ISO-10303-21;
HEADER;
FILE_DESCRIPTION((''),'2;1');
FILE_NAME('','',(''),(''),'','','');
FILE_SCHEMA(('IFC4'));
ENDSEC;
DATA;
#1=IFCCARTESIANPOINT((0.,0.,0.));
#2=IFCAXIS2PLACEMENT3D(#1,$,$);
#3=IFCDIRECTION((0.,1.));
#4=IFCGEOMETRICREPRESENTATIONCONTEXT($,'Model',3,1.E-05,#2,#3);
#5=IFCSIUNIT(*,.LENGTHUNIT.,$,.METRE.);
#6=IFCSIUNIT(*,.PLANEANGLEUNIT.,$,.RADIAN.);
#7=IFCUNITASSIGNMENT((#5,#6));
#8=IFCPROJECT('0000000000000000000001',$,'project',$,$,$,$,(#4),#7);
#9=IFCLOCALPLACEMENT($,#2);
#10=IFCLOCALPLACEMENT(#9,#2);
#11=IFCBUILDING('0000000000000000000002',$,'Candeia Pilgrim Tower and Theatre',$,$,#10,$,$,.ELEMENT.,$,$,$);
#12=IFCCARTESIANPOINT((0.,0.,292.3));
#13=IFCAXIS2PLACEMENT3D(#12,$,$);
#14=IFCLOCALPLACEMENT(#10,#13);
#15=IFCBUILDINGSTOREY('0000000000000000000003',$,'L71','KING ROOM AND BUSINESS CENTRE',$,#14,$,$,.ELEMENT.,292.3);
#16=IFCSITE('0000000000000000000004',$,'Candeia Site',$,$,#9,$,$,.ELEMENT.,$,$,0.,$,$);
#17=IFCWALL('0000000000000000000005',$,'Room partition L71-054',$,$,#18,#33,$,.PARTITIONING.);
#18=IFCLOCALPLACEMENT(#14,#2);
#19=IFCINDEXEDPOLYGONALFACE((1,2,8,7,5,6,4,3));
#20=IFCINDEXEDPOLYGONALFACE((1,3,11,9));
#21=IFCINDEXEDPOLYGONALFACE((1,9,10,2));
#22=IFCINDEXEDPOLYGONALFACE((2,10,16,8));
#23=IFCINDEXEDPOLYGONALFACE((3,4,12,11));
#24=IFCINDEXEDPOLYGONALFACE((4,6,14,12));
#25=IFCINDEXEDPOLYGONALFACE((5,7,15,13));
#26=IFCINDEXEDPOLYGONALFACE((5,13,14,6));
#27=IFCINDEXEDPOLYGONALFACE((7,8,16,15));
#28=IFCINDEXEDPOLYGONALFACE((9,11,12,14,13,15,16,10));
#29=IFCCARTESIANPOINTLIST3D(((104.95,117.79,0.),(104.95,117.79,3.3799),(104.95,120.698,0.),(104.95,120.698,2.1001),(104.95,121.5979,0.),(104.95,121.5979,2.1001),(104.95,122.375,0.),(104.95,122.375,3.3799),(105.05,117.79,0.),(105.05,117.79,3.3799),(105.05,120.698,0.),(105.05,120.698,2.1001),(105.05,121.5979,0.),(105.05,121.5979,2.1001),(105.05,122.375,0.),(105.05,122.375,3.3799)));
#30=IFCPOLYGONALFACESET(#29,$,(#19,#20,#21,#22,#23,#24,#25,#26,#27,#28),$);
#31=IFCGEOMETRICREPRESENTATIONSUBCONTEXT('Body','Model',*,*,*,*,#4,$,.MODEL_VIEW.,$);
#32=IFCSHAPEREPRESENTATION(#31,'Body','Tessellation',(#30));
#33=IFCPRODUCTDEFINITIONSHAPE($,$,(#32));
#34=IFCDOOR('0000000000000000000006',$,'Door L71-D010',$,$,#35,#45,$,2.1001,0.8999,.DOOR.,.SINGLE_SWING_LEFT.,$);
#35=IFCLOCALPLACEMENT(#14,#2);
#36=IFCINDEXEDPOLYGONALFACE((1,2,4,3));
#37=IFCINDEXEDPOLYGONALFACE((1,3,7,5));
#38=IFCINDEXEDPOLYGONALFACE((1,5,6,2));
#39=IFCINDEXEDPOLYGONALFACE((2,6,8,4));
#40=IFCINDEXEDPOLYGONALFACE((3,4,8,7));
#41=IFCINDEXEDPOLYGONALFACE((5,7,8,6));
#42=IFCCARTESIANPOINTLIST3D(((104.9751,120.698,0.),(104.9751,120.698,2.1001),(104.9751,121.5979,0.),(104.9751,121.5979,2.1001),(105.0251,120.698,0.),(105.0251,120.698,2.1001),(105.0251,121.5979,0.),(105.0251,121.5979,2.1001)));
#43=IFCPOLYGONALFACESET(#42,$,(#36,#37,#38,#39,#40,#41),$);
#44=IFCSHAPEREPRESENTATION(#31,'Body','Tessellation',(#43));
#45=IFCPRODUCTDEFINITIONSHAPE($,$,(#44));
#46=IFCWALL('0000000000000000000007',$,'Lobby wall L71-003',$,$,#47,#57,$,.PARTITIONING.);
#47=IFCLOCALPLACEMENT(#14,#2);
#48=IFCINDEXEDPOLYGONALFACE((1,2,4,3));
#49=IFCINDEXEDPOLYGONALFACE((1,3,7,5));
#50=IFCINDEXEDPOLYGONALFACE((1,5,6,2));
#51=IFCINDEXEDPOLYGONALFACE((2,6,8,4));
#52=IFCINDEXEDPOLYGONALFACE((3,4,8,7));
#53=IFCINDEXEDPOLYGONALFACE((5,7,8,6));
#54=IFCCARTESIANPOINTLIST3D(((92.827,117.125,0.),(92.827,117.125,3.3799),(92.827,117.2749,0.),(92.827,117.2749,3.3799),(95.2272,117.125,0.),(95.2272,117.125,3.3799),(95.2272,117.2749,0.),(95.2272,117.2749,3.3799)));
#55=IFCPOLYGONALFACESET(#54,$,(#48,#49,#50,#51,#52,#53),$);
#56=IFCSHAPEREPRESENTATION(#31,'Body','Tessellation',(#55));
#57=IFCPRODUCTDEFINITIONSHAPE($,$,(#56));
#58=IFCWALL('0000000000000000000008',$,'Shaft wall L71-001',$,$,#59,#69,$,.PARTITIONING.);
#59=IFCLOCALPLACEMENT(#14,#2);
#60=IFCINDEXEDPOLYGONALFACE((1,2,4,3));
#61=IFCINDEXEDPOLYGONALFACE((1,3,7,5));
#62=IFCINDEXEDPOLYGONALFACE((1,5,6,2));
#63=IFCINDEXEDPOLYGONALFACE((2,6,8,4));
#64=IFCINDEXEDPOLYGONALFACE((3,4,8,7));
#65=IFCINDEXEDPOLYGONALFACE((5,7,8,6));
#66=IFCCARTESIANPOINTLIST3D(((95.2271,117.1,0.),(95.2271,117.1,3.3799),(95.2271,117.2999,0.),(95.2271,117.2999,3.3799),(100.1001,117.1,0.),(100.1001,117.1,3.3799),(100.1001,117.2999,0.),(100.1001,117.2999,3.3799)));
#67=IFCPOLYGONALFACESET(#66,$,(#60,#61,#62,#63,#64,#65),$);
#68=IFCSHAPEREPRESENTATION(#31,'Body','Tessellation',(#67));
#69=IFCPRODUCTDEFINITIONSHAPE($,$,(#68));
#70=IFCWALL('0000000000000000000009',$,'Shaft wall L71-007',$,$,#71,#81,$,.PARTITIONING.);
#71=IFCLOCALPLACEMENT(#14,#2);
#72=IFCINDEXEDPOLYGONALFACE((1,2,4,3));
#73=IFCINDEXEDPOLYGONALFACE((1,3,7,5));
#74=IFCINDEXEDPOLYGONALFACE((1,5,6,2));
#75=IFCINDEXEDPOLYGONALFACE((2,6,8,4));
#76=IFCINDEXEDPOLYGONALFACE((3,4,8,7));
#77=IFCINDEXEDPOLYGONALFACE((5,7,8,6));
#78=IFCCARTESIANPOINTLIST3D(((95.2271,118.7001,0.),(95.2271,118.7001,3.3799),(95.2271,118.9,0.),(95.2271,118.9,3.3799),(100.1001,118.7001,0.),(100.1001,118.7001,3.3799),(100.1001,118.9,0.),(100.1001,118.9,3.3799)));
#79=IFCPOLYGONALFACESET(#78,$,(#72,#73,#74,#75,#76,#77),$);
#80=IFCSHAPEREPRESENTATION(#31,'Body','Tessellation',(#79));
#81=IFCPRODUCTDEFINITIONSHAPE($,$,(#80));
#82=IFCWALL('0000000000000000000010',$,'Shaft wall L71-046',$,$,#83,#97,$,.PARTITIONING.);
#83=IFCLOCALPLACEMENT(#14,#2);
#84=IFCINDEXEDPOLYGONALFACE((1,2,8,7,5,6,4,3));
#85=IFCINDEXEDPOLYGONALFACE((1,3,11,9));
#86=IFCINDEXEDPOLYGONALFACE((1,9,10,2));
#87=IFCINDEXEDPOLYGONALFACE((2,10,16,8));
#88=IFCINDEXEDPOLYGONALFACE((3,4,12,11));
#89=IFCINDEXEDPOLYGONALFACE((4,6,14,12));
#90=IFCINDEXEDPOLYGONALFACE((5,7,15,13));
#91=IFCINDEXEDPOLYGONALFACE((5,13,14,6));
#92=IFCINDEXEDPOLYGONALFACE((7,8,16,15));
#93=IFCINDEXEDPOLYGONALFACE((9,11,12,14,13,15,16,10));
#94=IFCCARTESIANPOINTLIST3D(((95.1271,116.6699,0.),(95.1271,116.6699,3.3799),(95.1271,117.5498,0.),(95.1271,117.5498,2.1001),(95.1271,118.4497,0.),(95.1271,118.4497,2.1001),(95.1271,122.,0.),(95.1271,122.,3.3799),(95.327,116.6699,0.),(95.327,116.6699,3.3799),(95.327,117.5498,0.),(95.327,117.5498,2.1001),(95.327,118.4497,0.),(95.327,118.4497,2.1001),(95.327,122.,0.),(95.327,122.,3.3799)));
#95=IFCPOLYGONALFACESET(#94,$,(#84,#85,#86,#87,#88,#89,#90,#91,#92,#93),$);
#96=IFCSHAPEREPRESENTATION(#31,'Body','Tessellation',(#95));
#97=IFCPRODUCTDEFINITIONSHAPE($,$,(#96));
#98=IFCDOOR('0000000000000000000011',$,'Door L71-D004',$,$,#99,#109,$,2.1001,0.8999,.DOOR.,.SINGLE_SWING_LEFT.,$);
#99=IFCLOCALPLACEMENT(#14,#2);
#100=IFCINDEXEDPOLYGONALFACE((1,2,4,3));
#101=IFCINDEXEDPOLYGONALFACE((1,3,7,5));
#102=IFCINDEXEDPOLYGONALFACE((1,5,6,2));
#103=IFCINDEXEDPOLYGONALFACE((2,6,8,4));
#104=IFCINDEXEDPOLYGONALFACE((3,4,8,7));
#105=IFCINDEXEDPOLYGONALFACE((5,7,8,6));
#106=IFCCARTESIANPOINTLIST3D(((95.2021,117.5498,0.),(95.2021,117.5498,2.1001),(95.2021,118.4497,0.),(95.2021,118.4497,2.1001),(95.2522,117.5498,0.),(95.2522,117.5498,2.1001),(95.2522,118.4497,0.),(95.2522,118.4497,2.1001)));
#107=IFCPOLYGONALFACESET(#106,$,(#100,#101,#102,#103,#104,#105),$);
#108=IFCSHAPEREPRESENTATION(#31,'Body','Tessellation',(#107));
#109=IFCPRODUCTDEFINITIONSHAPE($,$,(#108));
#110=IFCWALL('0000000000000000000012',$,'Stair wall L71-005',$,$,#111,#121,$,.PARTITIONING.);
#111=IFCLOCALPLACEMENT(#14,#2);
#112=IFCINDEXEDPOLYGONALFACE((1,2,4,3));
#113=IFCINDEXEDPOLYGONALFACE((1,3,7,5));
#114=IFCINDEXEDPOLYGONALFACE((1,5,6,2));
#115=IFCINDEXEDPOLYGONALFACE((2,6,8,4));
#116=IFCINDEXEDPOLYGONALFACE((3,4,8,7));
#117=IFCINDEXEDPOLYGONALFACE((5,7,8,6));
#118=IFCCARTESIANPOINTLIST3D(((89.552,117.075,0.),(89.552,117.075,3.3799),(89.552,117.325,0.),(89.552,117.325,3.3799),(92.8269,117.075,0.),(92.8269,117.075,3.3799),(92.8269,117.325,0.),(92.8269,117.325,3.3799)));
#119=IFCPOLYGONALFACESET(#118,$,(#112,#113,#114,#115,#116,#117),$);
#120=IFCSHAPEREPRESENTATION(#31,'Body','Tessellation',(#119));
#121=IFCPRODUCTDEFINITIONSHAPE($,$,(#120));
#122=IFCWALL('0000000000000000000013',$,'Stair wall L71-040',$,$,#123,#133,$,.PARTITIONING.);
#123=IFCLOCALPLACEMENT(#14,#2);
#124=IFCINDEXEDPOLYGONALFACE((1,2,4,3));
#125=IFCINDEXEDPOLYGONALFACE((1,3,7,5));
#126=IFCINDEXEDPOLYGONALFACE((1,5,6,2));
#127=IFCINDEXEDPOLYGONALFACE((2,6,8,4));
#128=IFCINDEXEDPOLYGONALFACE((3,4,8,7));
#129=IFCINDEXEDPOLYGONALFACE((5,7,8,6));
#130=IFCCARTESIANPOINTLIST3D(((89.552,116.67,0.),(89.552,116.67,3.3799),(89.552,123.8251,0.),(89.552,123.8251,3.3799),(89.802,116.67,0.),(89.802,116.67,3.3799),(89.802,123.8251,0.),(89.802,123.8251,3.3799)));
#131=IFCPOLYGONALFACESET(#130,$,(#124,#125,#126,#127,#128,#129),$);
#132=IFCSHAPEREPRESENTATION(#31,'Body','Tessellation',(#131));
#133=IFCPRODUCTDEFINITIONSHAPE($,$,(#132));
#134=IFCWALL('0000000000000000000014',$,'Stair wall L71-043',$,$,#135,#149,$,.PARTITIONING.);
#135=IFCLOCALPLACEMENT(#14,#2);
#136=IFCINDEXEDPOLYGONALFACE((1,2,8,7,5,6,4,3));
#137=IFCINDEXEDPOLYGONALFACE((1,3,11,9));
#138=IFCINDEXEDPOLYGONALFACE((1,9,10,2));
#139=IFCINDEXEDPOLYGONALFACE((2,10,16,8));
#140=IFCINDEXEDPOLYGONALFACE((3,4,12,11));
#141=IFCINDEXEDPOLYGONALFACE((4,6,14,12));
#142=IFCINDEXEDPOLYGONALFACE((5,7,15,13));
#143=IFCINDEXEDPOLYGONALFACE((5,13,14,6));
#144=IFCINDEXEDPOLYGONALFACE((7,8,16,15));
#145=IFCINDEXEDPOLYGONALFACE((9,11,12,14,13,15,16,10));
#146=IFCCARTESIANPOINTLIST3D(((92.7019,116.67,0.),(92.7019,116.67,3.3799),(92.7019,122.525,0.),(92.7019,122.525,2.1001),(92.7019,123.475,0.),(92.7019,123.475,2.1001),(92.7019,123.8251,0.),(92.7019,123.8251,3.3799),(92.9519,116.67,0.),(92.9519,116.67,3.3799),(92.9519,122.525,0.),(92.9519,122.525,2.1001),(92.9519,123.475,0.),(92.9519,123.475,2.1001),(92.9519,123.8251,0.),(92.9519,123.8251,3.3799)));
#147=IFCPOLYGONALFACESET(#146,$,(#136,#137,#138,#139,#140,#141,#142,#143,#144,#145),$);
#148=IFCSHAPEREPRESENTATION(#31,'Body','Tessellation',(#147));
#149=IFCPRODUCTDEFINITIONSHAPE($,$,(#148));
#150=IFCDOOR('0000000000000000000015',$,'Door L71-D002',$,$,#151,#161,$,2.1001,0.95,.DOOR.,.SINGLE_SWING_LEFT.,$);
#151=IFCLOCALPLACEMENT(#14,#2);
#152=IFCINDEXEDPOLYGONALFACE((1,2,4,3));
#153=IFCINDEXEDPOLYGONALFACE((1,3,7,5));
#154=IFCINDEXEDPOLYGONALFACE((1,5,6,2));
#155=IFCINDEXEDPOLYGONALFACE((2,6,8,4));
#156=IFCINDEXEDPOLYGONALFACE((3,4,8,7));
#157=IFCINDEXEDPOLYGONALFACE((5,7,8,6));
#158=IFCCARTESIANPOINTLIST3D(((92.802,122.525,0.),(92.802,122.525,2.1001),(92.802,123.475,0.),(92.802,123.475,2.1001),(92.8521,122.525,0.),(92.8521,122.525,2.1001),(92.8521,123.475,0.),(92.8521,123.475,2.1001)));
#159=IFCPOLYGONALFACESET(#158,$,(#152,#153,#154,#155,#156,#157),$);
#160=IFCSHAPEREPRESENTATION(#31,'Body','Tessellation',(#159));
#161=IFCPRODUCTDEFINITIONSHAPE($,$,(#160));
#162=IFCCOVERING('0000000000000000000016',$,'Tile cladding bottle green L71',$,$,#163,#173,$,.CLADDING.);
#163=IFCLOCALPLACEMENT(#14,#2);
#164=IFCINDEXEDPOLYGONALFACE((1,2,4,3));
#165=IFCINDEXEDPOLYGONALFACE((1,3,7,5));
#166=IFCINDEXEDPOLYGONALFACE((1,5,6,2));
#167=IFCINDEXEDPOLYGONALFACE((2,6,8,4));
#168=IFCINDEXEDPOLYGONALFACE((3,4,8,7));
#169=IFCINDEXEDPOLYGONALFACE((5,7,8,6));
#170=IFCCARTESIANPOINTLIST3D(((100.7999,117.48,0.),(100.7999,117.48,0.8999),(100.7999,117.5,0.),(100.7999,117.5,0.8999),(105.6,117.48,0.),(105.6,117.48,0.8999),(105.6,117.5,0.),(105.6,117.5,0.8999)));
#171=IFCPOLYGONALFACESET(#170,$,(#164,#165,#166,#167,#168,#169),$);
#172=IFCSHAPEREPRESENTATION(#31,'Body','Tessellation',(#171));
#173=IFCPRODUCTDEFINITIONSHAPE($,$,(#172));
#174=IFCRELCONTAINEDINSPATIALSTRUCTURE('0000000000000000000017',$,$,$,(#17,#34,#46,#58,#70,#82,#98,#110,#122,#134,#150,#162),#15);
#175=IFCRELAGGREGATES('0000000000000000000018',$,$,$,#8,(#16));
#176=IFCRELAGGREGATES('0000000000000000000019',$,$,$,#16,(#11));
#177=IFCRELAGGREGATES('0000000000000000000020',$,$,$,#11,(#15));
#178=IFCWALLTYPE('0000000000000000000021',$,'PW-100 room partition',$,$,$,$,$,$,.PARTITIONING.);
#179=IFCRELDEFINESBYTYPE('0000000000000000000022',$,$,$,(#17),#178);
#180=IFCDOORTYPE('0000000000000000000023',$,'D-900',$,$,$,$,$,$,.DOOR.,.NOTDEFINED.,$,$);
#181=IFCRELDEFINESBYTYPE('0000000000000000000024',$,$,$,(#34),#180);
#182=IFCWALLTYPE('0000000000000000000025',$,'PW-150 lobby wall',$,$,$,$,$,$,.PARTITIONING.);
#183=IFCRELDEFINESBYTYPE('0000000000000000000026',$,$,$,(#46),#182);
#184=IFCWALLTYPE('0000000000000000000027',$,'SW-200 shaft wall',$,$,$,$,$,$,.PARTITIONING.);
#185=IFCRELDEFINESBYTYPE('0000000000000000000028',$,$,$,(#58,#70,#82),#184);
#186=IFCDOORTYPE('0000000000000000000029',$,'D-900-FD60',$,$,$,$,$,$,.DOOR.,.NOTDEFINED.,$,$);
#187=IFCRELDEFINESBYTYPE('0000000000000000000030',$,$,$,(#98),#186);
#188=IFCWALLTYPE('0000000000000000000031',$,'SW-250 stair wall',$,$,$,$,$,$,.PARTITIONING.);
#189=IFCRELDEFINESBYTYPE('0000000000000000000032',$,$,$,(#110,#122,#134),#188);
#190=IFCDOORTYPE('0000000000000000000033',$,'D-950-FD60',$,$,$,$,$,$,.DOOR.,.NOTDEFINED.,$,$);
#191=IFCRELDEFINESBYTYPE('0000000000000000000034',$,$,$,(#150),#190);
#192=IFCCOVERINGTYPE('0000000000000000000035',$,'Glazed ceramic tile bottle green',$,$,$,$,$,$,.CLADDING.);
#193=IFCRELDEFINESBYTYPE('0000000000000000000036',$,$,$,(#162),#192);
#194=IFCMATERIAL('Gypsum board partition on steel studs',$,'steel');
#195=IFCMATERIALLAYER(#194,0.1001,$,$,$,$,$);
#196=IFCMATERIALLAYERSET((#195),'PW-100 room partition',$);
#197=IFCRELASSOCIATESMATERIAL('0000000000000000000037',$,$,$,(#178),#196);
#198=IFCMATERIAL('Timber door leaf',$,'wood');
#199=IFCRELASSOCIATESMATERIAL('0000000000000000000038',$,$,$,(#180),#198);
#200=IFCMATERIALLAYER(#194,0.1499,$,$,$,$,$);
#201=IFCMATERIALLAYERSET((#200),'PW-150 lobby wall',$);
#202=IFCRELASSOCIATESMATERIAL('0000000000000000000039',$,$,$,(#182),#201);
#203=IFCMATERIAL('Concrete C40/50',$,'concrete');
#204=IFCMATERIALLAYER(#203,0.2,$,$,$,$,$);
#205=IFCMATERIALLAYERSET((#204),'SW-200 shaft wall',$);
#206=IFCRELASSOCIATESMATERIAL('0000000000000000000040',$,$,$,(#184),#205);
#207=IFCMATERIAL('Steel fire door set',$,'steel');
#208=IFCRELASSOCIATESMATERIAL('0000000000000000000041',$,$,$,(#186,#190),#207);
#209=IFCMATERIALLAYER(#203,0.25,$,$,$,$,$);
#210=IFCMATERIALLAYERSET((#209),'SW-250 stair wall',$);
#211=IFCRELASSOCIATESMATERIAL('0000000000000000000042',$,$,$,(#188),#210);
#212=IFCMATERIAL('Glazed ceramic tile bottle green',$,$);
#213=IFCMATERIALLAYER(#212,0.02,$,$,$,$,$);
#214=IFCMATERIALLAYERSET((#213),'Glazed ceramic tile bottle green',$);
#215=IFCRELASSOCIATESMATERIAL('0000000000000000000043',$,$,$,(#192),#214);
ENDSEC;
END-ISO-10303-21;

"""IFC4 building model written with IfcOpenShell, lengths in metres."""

from ifc_helpers import new_model, si_unit, direction, frame, frame_2d, origin, origin_2d, place, context, subcontext, project, spatial, rectangle, extrude, material, layer, layer_set, type_object, element, fill, save


model = new_model("IFC4")

# Units and contexts
model_context = context("Model", 3, precision=1e-05, world=origin(), true_north=direction((0.0, 1.0)))
body_context = subcontext(model_context, "Body", "Model", "MODEL_VIEW")
ifc_project = project(units=[si_unit("LENGTHUNIT", "METRE"), si_unit("PLANEANGLEUNIT", "RADIAN")], contexts=[model_context])

# Site, building, storey
site_placement = place(None, origin())
site = spatial("IfcSite", under=ifc_project, at=site_placement, Name="Candeia Site", CompositionType="ELEMENT", RefElevation=0.0)
building_placement = place(site_placement, origin())
building = spatial("IfcBuilding", under=site, at=building_placement, Name="Candeia Pilgrim Tower and Theatre", CompositionType="ELEMENT")
storey_placement = place(building_placement, frame((0.0, 0.0, 292.3)))
storey = spatial("IfcBuildingStorey", under=building, at=storey_placement, Name="L71", Description="KING ROOM AND BUSINESS CENTRE", CompositionType="ELEMENT", Elevation=292.3)

# Shared definitions
ifc_material_1 = material(Name="Concrete C40/50", Category="concrete")

# Wall, opening, door
ifc_material_2 = material(Name="Gypsum board partition on steel studs", Category="steel")
ifc_layer_1 = layer(ifc_material_2, 0.1001)
ifc_layer_set_1 = layer_set([ifc_layer_1], Name="PW-100 room partition")
wall_type_1 = type_object("IfcWallType", Name="PW-100 room partition", PredefinedType="PARTITIONING", material=ifc_layer_set_1)
wall_1_placement = place(storey_placement, frame((105.0, 117.79, 0.0), z_axis=(0.0, 0.0, 1.0), x_axis=(0.0, 1.0, 0.0)))
wall_1 = element("IfcWall", 1, at=wall_1_placement, inside=storey, type_object=wall_type_1, Name="Room partition L71-054", PredefinedType="PARTITIONING", context=body_context, shape_type="SweptSolid", body=[
    extrude(rectangle(XDim=4.585, YDim=0.1001, at=frame_2d((2.2925, 0.0))), origin(), (0.0, 0.0, 1.0), 3.3799),
])
opening_1_placement = place(wall_1_placement, frame((2.908, 0.0, 0.0)))
opening_1 = element("IfcOpeningElement", 2, at=opening_1_placement, cuts=wall_1, PredefinedType="OPENING", context=body_context, shape_type="SweptSolid", body=[
    extrude(rectangle(XDim=0.8999, YDim=2.1001, at=frame_2d((0.45, 1.05))), frame((0.0, 0.0601, 0.0), z_axis=(0.0, -1.0, 0.0), x_axis=(1.0, 0.0, 0.0)), (0.0, 0.0, 1.0), 0.1201),
])
ifc_material_3 = material(Name="Timber door leaf", Category="wood")
door_type_1 = type_object("IfcDoorType", Name="D-900", OperationType="NOTDEFINED", PredefinedType="DOOR", material=ifc_material_3)
door_1_placement = place(opening_1_placement, origin())
door_1 = element("IfcDoor", 3, at=door_1_placement, inside=storey, type_object=door_type_1, Name="Door L71-D010", OperationType="SINGLE_SWING_LEFT", OverallHeight=2.1001, OverallWidth=0.8999, PredefinedType="DOOR", context=body_context, shape_type="SweptSolid", body=[
    extrude(rectangle(XDim=0.8999, YDim=2.1001, at=frame_2d((0.45, 1.05))), frame((0.0, 0.0249, 0.0), z_axis=(0.0, -1.0, 0.0), x_axis=(1.0, 0.0, 0.0)), (0.0, 0.0, 1.0), 0.05),
])
fill(opening_1, door_1)

# Walls
ifc_layer_2 = layer(ifc_material_2, 0.1499)
ifc_layer_set_2 = layer_set([ifc_layer_2], Name="PW-150 lobby wall")
wall_type_2 = type_object("IfcWallType", Name="PW-150 lobby wall", PredefinedType="PARTITIONING", material=ifc_layer_set_2)
wall_2_placement = place(storey_placement, frame((92.8269, 117.2, 0.0), z_axis=(0.0, 0.0, 1.0), x_axis=(1.0, 0.0, 0.0)))
element("IfcWall", 4, at=wall_2_placement, inside=storey, type_object=wall_type_2, Name="Lobby wall L71-003", PredefinedType="PARTITIONING", context=body_context, shape_type="SweptSolid", body=[
    extrude(rectangle(XDim=2.4001, YDim=0.1499, at=frame_2d((1.2002, 0.0))), origin(), (0.0, 0.0, 1.0), 3.3799),
])
ifc_layer_3 = layer(ifc_material_1, 0.2)
ifc_layer_set_3 = layer_set([ifc_layer_3], Name="SW-200 shaft wall")
wall_type_3 = type_object("IfcWallType", Name="SW-200 shaft wall", PredefinedType="PARTITIONING", material=ifc_layer_set_3)
for number, where, z_axis, x_axis, name in (
    (5, (95.2271, 117.2, 0.0), (0.0, 0.0, 1.0), (1.0, 0.0, 0.0), "Shaft wall L71-001"),
    (6, (95.2271, 118.8, 0.0), (0.0, 0.0, 1.0), (1.0, 0.0, 0.0), "Shaft wall L71-007"),
):
    element("IfcWall", number, at=place(storey_placement, frame(where, z_axis=z_axis, x_axis=x_axis)), inside=storey, type_object=wall_type_3, Name=name, PredefinedType="PARTITIONING", context=body_context, shape_type="SweptSolid", body=[
        extrude(rectangle(XDim=4.873, YDim=0.2, at=frame_2d((2.4365, 0.0))), origin(), (0.0, 0.0, 1.0), 3.3799),
    ])

# Wall, opening, door
wall_3_placement = place(storey_placement, frame((95.2271, 116.6699, 0.0), z_axis=(0.0, 0.0, 1.0), x_axis=(0.0, 1.0, 0.0)))
wall_3 = element("IfcWall", 7, at=wall_3_placement, inside=storey, type_object=wall_type_3, Name="Shaft wall L71-046", PredefinedType="PARTITIONING", context=body_context, shape_type="SweptSolid", body=[
    extrude(rectangle(XDim=5.3301, YDim=0.2, at=frame_2d((2.665, 0.0))), origin(), (0.0, 0.0, 1.0), 3.3799),
])
opening_2_placement = place(wall_3_placement, frame((0.8799, 0.0, 0.0)))
opening_2 = element("IfcOpeningElement", 8, at=opening_2_placement, cuts=wall_3, PredefinedType="OPENING", context=body_context, shape_type="SweptSolid", body=[
    extrude(rectangle(XDim=0.8999, YDim=2.1001, at=frame_2d((0.45, 1.05))), frame((0.0, 0.1099, 0.0), z_axis=(0.0, -1.0, 0.0), x_axis=(1.0, 0.0, 0.0)), (0.0, 0.0, 1.0), 0.22),
])
ifc_material_4 = material(Name="Steel fire door set", Category="steel")
door_type_2 = type_object("IfcDoorType", Name="D-900-FD60", OperationType="NOTDEFINED", PredefinedType="DOOR", material=ifc_material_4)
door_2_placement = place(opening_2_placement, origin())
door_2 = element("IfcDoor", 9, at=door_2_placement, inside=storey, type_object=door_type_2, Name="Door L71-D004", OperationType="SINGLE_SWING_LEFT", OverallHeight=2.1001, OverallWidth=0.8999, PredefinedType="DOOR", context=body_context, shape_type="SweptSolid", body=[
    extrude(rectangle(XDim=0.8999, YDim=2.1001, at=frame_2d((0.45, 1.05))), frame((0.0, 0.0249, 0.0), z_axis=(0.0, -1.0, 0.0), x_axis=(1.0, 0.0, 0.0)), (0.0, 0.0, 1.0), 0.05),
])
fill(opening_2, door_2)

# Walls
ifc_layer_4 = layer(ifc_material_1, 0.25)
ifc_layer_set_4 = layer_set([ifc_layer_4], Name="SW-250 stair wall")
wall_type_4 = type_object("IfcWallType", Name="SW-250 stair wall", PredefinedType="PARTITIONING", material=ifc_layer_set_4)
wall_4_placement = place(storey_placement, frame((89.552, 117.2, 0.0), z_axis=(0.0, 0.0, 1.0), x_axis=(1.0, 0.0, 0.0)))
element("IfcWall", 10, at=wall_4_placement, inside=storey, type_object=wall_type_4, Name="Stair wall L71-005", PredefinedType="PARTITIONING", context=body_context, shape_type="SweptSolid", body=[
    extrude(rectangle(XDim=3.2749, YDim=0.25, at=frame_2d((1.6375, 0.0))), origin(), (0.0, 0.0, 1.0), 3.3799),
])
wall_5_placement = place(storey_placement, frame((89.677, 116.6699, 0.0), z_axis=(0.0, 0.0, 1.0), x_axis=(0.0, 1.0, 0.0)))
element("IfcWall", 11, at=wall_5_placement, inside=storey, type_object=wall_type_4, Name="Stair wall L71-040", PredefinedType="PARTITIONING", context=body_context, shape_type="SweptSolid", body=[
    extrude(rectangle(XDim=7.155, YDim=0.25, at=frame_2d((3.5776, 0.0))), origin(), (0.0, 0.0, 1.0), 3.3799),
])

# Wall, opening, door
wall_6_placement = place(storey_placement, frame((92.8269, 116.6699, 0.0), z_axis=(0.0, 0.0, 1.0), x_axis=(0.0, 1.0, 0.0)))
wall_6 = element("IfcWall", 12, at=wall_6_placement, inside=storey, type_object=wall_type_4, Name="Stair wall L71-043", PredefinedType="PARTITIONING", context=body_context, shape_type="SweptSolid", body=[
    extrude(rectangle(XDim=7.155, YDim=0.25, at=frame_2d((3.5776, 0.0))), origin(), (0.0, 0.0, 1.0), 3.3799),
])
opening_3_placement = place(wall_6_placement, frame((5.855, 0.0, 0.0)))
opening_3 = element("IfcOpeningElement", 13, at=opening_3_placement, cuts=wall_6, PredefinedType="OPENING", context=body_context, shape_type="SweptSolid", body=[
    extrude(rectangle(XDim=0.95, YDim=2.1001, at=frame_2d((0.4751, 1.05))), frame((0.0, 0.135, 0.0), z_axis=(0.0, -1.0, 0.0), x_axis=(1.0, 0.0, 0.0)), (0.0, 0.0, 1.0), 0.27),
])
door_type_3 = type_object("IfcDoorType", Name="D-950-FD60", OperationType="NOTDEFINED", PredefinedType="DOOR", material=ifc_material_4)
door_3_placement = place(opening_3_placement, origin())
door_3 = element("IfcDoor", 14, at=door_3_placement, inside=storey, type_object=door_type_3, Name="Door L71-D002", OperationType="SINGLE_SWING_LEFT", OverallHeight=2.1001, OverallWidth=0.95, PredefinedType="DOOR", context=body_context, shape_type="SweptSolid", body=[
    extrude(rectangle(XDim=0.95, YDim=2.1001, at=frame_2d((0.4751, 1.05))), frame((0.0, 0.0249, 0.0), z_axis=(0.0, -1.0, 0.0), x_axis=(1.0, 0.0, 0.0)), (0.0, 0.0, 1.0), 0.05),
])
fill(opening_3, door_3)

# Covering
ifc_material_5 = material(Name="Glazed ceramic tile bottle green")
ifc_layer_5 = layer(ifc_material_5, 0.02)
ifc_layer_set_5 = layer_set([ifc_layer_5], Name="Glazed ceramic tile bottle green")
covering_type_1 = type_object("IfcCoveringType", Name="Glazed ceramic tile bottle green", PredefinedType="CLADDING", material=ifc_layer_set_5)
covering_1_placement = place(storey_placement, frame((103.2, 117.49, 0.0), z_axis=(0.0, 0.0, 1.0), x_axis=(1.0, 0.0, 0.0)))
element("IfcCovering", 15, at=covering_1_placement, inside=storey, type_object=covering_type_1, Name="Tile cladding bottle green L71", PredefinedType="CLADDING", context=body_context, shape_type="SweptSolid", body=[
    extrude(rectangle(XDim=4.8, YDim=0.02, at=origin_2d()), origin(), (0.0, 0.0, 1.0), 0.8999),
])

save(model, "model.ifc")
